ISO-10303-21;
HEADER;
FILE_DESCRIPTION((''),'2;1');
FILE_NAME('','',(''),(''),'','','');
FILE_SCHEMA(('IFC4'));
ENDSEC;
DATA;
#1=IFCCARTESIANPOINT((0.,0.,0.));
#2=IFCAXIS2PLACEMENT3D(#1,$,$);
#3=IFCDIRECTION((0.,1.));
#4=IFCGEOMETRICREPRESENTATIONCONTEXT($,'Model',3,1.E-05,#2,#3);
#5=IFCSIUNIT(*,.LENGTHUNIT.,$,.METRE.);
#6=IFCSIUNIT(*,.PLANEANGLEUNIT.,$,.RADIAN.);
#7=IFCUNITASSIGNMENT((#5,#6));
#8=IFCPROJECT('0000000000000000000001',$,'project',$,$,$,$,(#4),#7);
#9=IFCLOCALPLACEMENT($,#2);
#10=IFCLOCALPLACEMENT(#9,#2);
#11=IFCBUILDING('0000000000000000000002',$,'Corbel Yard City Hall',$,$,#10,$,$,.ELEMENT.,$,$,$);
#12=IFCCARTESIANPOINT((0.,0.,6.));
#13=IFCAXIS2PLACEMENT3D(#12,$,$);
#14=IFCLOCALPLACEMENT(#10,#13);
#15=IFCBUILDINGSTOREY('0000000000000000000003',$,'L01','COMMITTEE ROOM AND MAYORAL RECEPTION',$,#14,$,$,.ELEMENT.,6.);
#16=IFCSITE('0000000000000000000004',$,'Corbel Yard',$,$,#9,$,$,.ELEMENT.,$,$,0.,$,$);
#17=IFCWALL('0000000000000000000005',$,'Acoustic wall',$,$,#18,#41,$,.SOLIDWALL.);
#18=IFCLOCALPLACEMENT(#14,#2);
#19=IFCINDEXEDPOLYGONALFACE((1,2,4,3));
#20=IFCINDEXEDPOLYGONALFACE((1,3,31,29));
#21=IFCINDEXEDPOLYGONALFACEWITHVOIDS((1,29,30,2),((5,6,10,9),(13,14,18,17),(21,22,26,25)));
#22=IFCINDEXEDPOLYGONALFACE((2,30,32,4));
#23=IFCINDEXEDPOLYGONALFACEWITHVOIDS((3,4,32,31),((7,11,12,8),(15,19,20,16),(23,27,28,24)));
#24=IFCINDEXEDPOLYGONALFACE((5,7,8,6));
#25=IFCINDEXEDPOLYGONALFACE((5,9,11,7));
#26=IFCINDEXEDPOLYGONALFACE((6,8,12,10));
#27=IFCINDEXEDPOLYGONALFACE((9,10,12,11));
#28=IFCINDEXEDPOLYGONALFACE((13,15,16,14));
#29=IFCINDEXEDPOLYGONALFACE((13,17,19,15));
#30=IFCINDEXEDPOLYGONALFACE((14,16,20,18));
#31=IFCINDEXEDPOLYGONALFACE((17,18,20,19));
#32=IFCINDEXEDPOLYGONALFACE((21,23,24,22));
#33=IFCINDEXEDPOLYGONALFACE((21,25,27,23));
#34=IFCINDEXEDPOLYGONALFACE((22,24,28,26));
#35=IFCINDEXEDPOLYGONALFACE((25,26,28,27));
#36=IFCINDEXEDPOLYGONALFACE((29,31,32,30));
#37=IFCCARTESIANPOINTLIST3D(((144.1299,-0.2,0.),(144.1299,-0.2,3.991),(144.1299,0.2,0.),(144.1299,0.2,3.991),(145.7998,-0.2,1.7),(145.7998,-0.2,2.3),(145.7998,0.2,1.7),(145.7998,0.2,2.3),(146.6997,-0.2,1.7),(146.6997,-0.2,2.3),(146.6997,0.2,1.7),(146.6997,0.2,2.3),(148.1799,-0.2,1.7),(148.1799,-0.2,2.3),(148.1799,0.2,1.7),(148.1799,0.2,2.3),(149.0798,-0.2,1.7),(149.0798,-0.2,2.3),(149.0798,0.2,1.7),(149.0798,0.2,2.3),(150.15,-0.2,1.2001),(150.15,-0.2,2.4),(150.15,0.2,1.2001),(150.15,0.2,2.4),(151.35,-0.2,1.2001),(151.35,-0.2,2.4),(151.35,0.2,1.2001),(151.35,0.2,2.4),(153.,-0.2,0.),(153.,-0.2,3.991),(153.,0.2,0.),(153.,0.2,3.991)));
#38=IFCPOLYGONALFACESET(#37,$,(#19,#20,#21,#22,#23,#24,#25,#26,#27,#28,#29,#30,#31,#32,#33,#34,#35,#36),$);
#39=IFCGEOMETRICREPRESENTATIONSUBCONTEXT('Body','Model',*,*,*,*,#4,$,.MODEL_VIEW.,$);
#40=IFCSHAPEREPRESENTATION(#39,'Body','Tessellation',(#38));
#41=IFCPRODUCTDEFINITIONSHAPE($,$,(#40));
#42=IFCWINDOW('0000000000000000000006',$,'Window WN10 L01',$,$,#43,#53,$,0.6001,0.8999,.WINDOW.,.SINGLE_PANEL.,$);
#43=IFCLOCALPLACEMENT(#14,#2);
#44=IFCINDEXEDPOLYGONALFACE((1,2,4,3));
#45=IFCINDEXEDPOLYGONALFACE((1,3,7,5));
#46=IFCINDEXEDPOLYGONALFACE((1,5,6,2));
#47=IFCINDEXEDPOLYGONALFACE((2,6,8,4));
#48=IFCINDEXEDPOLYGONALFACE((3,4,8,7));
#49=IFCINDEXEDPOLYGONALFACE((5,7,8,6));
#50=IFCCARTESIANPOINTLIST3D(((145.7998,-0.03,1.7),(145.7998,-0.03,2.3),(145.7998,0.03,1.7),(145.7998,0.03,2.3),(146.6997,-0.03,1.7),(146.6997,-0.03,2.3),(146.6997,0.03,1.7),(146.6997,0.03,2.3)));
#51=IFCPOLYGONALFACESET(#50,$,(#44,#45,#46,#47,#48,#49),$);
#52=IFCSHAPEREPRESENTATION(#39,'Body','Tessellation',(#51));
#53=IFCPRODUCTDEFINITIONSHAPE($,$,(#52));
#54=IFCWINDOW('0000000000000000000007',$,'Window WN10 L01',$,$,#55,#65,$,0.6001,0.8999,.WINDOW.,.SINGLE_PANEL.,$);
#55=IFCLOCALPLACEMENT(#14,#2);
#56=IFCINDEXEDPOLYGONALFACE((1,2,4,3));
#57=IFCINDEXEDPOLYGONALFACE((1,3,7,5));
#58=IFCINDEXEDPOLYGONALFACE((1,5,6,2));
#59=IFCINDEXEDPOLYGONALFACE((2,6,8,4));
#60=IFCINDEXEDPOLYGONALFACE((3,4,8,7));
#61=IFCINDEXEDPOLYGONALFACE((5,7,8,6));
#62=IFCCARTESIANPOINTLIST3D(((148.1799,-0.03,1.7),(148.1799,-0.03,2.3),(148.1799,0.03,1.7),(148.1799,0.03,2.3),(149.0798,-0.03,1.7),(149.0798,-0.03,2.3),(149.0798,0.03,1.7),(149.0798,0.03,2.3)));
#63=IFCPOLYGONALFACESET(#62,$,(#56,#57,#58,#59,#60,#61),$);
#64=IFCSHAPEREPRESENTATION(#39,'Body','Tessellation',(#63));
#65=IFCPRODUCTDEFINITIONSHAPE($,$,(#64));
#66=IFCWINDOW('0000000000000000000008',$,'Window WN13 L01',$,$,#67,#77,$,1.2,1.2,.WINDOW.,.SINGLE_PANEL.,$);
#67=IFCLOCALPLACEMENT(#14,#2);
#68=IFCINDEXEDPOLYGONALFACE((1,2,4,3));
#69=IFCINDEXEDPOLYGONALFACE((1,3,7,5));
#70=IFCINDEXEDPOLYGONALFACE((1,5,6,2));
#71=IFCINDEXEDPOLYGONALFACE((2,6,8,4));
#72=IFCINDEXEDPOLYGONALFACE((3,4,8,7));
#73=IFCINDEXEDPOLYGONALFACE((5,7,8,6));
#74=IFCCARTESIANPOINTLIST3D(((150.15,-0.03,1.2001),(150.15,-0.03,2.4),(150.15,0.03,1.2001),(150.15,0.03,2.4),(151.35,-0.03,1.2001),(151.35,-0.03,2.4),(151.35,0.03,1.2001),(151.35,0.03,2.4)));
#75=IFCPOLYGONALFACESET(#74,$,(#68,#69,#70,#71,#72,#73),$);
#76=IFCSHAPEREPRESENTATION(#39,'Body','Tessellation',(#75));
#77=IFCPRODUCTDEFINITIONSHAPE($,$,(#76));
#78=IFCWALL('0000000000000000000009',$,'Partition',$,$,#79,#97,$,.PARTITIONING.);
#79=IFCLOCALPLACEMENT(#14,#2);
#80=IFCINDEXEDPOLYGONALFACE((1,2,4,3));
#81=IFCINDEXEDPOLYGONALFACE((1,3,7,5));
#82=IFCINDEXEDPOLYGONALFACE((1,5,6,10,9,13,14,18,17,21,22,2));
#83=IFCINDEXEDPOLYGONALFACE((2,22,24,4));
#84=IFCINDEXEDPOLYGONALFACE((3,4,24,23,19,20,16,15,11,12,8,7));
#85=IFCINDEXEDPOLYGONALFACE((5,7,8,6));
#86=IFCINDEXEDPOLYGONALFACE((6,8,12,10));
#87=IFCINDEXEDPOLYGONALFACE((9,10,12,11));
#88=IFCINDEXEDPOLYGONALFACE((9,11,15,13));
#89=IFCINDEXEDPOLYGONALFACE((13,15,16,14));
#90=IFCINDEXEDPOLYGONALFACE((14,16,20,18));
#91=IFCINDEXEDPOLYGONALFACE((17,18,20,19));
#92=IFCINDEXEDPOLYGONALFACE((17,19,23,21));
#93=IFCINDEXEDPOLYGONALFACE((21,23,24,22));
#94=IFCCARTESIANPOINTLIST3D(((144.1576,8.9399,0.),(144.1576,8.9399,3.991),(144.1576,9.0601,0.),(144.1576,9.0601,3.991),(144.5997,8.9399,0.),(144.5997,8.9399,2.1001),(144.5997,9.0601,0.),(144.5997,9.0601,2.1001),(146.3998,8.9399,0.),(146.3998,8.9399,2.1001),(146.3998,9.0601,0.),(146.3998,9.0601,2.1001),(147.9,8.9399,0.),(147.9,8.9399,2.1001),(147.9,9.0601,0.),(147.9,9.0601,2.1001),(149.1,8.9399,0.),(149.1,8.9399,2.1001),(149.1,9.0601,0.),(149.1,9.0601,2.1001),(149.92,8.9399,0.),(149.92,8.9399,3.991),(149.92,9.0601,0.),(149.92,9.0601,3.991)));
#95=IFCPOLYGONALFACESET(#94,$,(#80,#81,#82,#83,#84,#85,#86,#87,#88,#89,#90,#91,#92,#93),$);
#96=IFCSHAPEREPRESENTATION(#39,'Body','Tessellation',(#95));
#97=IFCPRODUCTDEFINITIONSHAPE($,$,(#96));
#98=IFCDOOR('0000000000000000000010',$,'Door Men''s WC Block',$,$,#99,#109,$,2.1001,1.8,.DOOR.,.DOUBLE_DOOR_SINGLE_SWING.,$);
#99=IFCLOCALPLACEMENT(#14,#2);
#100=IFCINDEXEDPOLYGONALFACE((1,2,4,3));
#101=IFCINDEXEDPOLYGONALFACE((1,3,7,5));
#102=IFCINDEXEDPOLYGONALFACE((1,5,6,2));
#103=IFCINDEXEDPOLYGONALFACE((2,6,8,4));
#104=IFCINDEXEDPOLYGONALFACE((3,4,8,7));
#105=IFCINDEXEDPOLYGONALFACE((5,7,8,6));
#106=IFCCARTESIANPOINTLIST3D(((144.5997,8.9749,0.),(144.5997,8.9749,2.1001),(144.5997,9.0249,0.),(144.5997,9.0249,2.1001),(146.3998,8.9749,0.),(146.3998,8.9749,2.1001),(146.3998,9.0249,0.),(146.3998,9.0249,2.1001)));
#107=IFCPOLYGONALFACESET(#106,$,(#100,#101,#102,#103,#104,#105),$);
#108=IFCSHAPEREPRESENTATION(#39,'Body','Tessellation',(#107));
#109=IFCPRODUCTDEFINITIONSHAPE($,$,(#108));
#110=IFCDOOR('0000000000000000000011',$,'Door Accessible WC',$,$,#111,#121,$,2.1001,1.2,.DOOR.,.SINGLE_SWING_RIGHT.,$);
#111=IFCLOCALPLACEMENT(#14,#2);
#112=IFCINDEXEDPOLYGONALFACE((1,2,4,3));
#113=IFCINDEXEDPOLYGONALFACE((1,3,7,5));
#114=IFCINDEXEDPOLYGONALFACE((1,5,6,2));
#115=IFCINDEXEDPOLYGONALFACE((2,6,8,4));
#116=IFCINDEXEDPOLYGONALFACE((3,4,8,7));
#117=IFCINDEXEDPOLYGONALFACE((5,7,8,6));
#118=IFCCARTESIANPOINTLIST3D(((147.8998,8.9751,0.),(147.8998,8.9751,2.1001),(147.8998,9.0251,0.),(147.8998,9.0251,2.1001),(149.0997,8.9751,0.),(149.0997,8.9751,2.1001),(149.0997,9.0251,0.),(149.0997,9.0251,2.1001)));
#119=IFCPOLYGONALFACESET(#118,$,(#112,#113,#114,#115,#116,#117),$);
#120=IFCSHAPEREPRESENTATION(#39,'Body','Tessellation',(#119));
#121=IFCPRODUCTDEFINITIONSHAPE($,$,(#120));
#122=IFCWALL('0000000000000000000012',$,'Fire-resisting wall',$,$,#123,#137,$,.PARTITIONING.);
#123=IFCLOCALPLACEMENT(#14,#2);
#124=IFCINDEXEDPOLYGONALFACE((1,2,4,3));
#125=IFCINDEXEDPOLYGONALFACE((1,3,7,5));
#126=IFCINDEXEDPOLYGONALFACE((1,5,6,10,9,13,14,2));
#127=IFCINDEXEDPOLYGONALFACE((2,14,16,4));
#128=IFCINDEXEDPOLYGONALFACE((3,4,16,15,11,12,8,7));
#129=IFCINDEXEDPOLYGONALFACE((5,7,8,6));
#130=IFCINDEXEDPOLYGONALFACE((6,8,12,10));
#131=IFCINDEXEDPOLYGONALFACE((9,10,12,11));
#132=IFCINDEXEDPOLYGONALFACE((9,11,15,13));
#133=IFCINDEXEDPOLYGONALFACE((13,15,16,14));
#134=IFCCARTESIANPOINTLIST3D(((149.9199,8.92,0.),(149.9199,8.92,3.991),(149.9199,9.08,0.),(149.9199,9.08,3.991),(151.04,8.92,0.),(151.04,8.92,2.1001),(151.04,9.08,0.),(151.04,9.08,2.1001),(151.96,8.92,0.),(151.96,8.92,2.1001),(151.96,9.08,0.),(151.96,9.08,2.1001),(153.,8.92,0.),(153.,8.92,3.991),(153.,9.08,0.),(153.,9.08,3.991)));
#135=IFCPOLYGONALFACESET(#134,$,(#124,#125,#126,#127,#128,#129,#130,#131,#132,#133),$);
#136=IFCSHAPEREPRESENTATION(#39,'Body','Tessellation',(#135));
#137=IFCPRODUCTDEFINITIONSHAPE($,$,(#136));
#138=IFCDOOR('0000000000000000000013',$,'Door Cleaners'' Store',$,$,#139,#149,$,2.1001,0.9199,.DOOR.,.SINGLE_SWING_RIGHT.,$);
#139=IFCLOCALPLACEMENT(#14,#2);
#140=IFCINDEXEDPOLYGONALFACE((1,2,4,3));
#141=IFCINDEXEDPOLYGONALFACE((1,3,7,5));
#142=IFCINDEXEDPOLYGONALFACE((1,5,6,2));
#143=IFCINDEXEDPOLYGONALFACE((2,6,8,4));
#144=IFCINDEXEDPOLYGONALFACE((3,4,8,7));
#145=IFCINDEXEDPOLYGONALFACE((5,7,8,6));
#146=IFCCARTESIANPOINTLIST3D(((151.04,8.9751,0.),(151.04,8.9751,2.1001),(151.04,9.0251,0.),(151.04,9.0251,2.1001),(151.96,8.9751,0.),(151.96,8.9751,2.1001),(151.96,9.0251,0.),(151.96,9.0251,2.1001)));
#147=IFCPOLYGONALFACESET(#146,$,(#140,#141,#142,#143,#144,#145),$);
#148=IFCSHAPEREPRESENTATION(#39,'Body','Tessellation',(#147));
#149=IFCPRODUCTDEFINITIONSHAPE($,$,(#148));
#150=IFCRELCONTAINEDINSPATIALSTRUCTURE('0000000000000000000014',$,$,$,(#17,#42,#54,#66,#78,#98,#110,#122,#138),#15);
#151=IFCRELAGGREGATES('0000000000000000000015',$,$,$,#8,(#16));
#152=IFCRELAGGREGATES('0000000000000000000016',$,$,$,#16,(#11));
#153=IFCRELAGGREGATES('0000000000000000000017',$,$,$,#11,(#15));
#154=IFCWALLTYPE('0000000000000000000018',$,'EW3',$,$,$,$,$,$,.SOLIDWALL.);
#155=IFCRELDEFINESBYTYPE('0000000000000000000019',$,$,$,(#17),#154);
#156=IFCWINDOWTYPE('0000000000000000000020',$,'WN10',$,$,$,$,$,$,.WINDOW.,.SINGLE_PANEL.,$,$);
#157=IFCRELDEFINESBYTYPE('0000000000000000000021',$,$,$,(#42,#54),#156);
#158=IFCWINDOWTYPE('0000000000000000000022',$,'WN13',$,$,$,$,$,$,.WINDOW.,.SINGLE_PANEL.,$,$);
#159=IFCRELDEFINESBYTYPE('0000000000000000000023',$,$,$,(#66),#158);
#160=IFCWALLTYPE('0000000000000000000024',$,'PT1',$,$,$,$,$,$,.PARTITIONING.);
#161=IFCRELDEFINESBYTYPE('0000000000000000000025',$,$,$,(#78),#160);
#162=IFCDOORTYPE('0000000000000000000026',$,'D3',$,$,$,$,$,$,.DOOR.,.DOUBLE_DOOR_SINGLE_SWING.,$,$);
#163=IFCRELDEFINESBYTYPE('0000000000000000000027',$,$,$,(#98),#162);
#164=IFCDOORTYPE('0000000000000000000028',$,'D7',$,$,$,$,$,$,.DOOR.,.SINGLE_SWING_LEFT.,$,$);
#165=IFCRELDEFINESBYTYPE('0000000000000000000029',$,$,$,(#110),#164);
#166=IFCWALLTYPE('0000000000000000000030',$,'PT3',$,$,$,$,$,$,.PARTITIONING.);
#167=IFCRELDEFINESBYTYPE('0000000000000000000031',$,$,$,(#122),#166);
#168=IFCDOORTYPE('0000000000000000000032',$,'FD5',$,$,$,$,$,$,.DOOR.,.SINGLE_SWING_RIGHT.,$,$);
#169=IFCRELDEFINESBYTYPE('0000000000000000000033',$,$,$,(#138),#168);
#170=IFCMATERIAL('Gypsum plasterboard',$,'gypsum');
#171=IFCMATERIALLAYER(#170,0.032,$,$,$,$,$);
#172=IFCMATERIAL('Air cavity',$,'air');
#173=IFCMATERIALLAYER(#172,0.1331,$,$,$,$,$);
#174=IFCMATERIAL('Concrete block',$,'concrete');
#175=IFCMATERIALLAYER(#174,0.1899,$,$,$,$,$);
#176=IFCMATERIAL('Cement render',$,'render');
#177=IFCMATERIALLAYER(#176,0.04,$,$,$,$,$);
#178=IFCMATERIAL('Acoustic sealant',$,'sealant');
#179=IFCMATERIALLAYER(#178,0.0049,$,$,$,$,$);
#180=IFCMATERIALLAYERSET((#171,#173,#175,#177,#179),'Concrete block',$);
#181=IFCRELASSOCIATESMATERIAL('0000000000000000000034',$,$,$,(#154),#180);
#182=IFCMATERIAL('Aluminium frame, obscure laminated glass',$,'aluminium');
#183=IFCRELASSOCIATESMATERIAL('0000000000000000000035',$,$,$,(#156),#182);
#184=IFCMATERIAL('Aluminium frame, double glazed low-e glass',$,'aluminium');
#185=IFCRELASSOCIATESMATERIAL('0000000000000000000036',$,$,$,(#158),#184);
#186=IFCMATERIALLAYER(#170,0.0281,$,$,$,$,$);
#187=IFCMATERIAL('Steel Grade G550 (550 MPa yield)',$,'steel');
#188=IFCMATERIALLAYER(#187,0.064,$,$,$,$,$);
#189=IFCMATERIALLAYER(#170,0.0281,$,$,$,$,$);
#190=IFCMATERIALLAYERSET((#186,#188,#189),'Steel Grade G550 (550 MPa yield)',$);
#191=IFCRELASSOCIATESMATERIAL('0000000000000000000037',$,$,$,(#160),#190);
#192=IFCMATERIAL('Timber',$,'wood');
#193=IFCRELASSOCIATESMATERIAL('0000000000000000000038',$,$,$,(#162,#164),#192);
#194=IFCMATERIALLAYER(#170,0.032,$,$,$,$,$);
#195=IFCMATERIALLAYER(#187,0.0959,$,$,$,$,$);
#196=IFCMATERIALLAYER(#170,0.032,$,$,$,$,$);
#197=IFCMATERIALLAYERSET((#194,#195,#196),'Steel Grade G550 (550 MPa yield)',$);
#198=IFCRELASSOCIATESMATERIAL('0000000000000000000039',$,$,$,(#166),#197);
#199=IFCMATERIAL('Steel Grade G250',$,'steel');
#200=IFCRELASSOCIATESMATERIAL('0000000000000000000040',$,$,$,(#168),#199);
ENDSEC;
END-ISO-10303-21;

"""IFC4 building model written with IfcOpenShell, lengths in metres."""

from ifc_helpers import new_model, si_unit, direction, frame, frame_2d, origin, place, context, subcontext, project, spatial, rectangle, extrude, material, layer, layer_set, type_object, element, fill, save


model = new_model("IFC4")

# Units and contexts
model_context = context("Model", 3, precision=1e-05, world=origin(), true_north=direction((0.0, 1.0)))
body_context = subcontext(model_context, "Body", "Model", "MODEL_VIEW")
ifc_project = project(units=[si_unit("LENGTHUNIT", "METRE"), si_unit("PLANEANGLEUNIT", "RADIAN")], contexts=[model_context])

# Site, building, storey
site_placement = place(None, origin())
site = spatial("IfcSite", under=ifc_project, at=site_placement, Name="Corbel Yard", CompositionType="ELEMENT", RefElevation=0.0)
building_placement = place(site_placement, origin())
building = spatial("IfcBuilding", under=site, at=building_placement, Name="Corbel Yard City Hall", CompositionType="ELEMENT")
storey_placement = place(building_placement, frame((0.0, 0.0, 6.0)))
storey = spatial("IfcBuildingStorey", under=building, at=storey_placement, Name="L01", Description="COMMITTEE ROOM AND MAYORAL RECEPTION", CompositionType="ELEMENT", Elevation=6.0)

# Shared definitions
ifc_material_1 = material(Name="Steel Grade G250", Category="steel")

# Wall, openings, windows
ifc_material_2 = material(Name="Gypsum plasterboard", Category="gypsum")
ifc_layer_1 = layer(ifc_material_2, 0.032)
ifc_material_3 = material(Name="Air cavity", Category="air")
ifc_layer_2 = layer(ifc_material_3, 0.1331)
ifc_material_4 = material(Name="Concrete block", Category="concrete")
ifc_layer_3 = layer(ifc_material_4, 0.1899)
ifc_material_5 = material(Name="Cement render", Category="render")
ifc_layer_4 = layer(ifc_material_5, 0.04)
ifc_material_6 = material(Name="Acoustic sealant", Category="sealant")
ifc_layer_5 = layer(ifc_material_6, 0.0049)
ifc_layer_set_1 = layer_set([ifc_layer_1, ifc_layer_2, ifc_layer_3, ifc_layer_4, ifc_layer_5], Name="Concrete block")
wall_type_1 = type_object("IfcWallType", Name="EW3", PredefinedType="SOLIDWALL", material=ifc_layer_set_1)
wall_1_placement = place(storey_placement, frame((144.1299, 0.0, 0.0), z_axis=(0.0, 0.0, 1.0), x_axis=(1.0, 0.0, 0.0)))
wall_1 = element("IfcWall", 1, at=wall_1_placement, inside=storey, type_object=wall_type_1, Name="Acoustic wall", PredefinedType="SOLIDWALL", context=body_context, shape_type="SweptSolid", body=[
    extrude(rectangle(XDim=8.8701, YDim=0.3999, at=frame_2d((4.4351, 0.0))), origin(), (0.0, 0.0, 1.0), 3.991),
])
opening_1_placement = place(wall_1_placement, frame((1.6699, 0.0, 1.7)))
opening_1 = element("IfcOpeningElement", 2, at=opening_1_placement, cuts=wall_1, PredefinedType="OPENING", context=body_context, shape_type="SweptSolid", body=[
    extrude(rectangle(XDim=0.8999, YDim=0.6001, at=frame_2d((0.45, 0.3))), frame((0.0, 0.21, 0.0), z_axis=(0.0, -1.0, 0.0), x_axis=(1.0, 0.0, 0.0)), (0.0, 0.0, 1.0), 0.4199),
])
opening_2_placement = place(wall_1_placement, frame((6.02, 0.0, 1.2)))
opening_2 = element("IfcOpeningElement", 3, at=opening_2_placement, cuts=wall_1, PredefinedType="OPENING", context=body_context, shape_type="SweptSolid", body=[
    extrude(rectangle(XDim=1.2, YDim=1.2, at=frame_2d((0.6001, 0.6001))), frame((0.0, 0.21, 0.0), z_axis=(0.0, -1.0, 0.0), x_axis=(1.0, 0.0, 0.0)), (0.0, 0.0, 1.0), 0.4199),
])
opening_3_placement = place(wall_1_placement, frame((4.05, 0.0, 1.7)))
opening_3 = element("IfcOpeningElement", 4, at=opening_3_placement, cuts=wall_1, PredefinedType="OPENING", context=body_context, shape_type="SweptSolid", body=[
    extrude(rectangle(XDim=0.8999, YDim=0.6001, at=frame_2d((0.45, 0.3))), frame((0.0, 0.21, 0.0), z_axis=(0.0, -1.0, 0.0), x_axis=(1.0, 0.0, 0.0)), (0.0, 0.0, 1.0), 0.4199),
])
ifc_material_7 = material(Name="Aluminium frame, obscure laminated glass", Category="aluminium")
window_type_1 = type_object("IfcWindowType", Name="WN10", PartitioningType="SINGLE_PANEL", PredefinedType="WINDOW", material=ifc_material_7)
window_1_placement = place(opening_1_placement, origin())
window_1 = element("IfcWindow", 5, at=window_1_placement, inside=storey, type_object=window_type_1, Name="Window WN10 L01", OverallHeight=0.6001, OverallWidth=0.8999, PartitioningType="SINGLE_PANEL", PredefinedType="WINDOW", context=body_context, shape_type="SweptSolid", body=[
    extrude(rectangle(XDim=0.8999, YDim=0.6001, at=frame_2d((0.45, 0.3))), frame((0.0, 0.03, 0.0), z_axis=(0.0, -1.0, 0.0), x_axis=(1.0, 0.0, 0.0)), (0.0, 0.0, 1.0), 0.0601),
])
fill(opening_1, window_1)
window_2_placement = place(opening_3_placement, origin())
window_2 = element("IfcWindow", 6, at=window_2_placement, inside=storey, type_object=window_type_1, Name="Window WN10 L01", OverallHeight=0.6001, OverallWidth=0.8999, PartitioningType="SINGLE_PANEL", PredefinedType="WINDOW", context=body_context, shape_type="SweptSolid", body=[
    extrude(rectangle(XDim=0.8999, YDim=0.6001, at=frame_2d((0.45, 0.3))), frame((0.0, 0.03, 0.0), z_axis=(0.0, -1.0, 0.0), x_axis=(1.0, 0.0, 0.0)), (0.0, 0.0, 1.0), 0.0601),
])
fill(opening_3, window_2)
ifc_material_8 = material(Name="Aluminium frame, double glazed low-e glass", Category="aluminium")
window_type_2 = type_object("IfcWindowType", Name="WN13", PartitioningType="SINGLE_PANEL", PredefinedType="WINDOW", material=ifc_material_8)
window_3_placement = place(opening_2_placement, origin())
window_3 = element("IfcWindow", 7, at=window_3_placement, inside=storey, type_object=window_type_2, Name="Window WN13 L01", OverallHeight=1.2, OverallWidth=1.2, PartitioningType="SINGLE_PANEL", PredefinedType="WINDOW", context=body_context, shape_type="SweptSolid", body=[
    extrude(rectangle(XDim=1.2, YDim=1.2, at=frame_2d((0.6001, 0.6001))), frame((0.0, 0.03, 0.0), z_axis=(0.0, -1.0, 0.0), x_axis=(1.0, 0.0, 0.0)), (0.0, 0.0, 1.0), 0.0601),
])
fill(opening_2, window_3)

# Wall, openings, doors
ifc_layer_6 = layer(ifc_material_2, 0.0281)
ifc_material_9 = material(Name="Steel Grade G550 (550 MPa yield)", Category="steel")
ifc_layer_7 = layer(ifc_material_9, 0.064)
ifc_layer_8 = layer(ifc_material_2, 0.0281)
ifc_layer_set_2 = layer_set([ifc_layer_6, ifc_layer_7, ifc_layer_8], Name="Steel Grade G550 (550 MPa yield)")
wall_type_2 = type_object("IfcWallType", Name="PT1", PredefinedType="PARTITIONING", material=ifc_layer_set_2)
wall_2_placement = place(storey_placement, frame((144.1575, 9.0, 0.0), z_axis=(0.0, 0.0, 1.0), x_axis=(1.0, 0.0, 0.0)))
wall_2 = element("IfcWall", 8, at=wall_2_placement, inside=storey, type_object=wall_type_2, Name="Partition", PredefinedType="PARTITIONING", context=body_context, shape_type="SweptSolid", body=[
    extrude(rectangle(XDim=5.7625, YDim=0.1201, at=frame_2d((2.8813, 0.0))), origin(), (0.0, 0.0, 1.0), 3.991),
])
opening_4_placement = place(wall_2_placement, frame((0.4424, 0.0, 0.0)))
opening_4 = element("IfcOpeningElement", 9, at=opening_4_placement, cuts=wall_2, PredefinedType="OPENING", context=body_context, shape_type="SweptSolid", body=[
    extrude(rectangle(XDim=1.8, YDim=2.1001, at=frame_2d((0.8999, 1.05))), frame((0.0, 0.0701, 0.0), z_axis=(0.0, -1.0, 0.0), x_axis=(1.0, 0.0, 0.0)), (0.0, 0.0, 1.0), 0.1401),
])
opening_5_placement = place(wall_2_placement, frame((3.7424, 0.0, 0.0)))
opening_5 = element("IfcOpeningElement", 10, at=opening_5_placement, cuts=wall_2, PredefinedType="OPENING", context=body_context, shape_type="SweptSolid", body=[
    extrude(rectangle(XDim=1.2, YDim=2.1001, at=frame_2d((0.6001, 1.05))), frame((0.0, 0.0701, 0.0), z_axis=(0.0, -1.0, 0.0), x_axis=(1.0, 0.0, 0.0)), (0.0, 0.0, 1.0), 0.1401),
])
ifc_material_10 = material(Name="Timber", Category="wood")
door_type_1 = type_object("IfcDoorType", Name="D3", OperationType="DOUBLE_DOOR_SINGLE_SWING", PredefinedType="DOOR", material=ifc_material_10)
door_1_placement = place(opening_4_placement, origin())
door_1 = element("IfcDoor", 11, at=door_1_placement, inside=storey, type_object=door_type_1, Name="Door Men's WC Block", OperationType="DOUBLE_DOOR_SINGLE_SWING", OverallHeight=2.1001, OverallWidth=1.8, PredefinedType="DOOR", context=body_context, shape_type="SweptSolid", body=[
    extrude(rectangle(XDim=1.8, YDim=2.1001, at=frame_2d((0.8999, 1.05))), frame((0.0, 0.0249, 0.0), z_axis=(0.0, -1.0, 0.0), x_axis=(1.0, 0.0, 0.0)), (0.0, 0.0, 1.0), 0.05),
])
fill(opening_4, door_1)
door_type_2 = type_object("IfcDoorType", Name="D7", OperationType="SINGLE_SWING_LEFT", PredefinedType="DOOR", material=ifc_material_10)
door_2_placement = place(opening_5_placement, frame((1.2, 0.0, 0.0), z_axis=(0.0, 0.0, 1.0), x_axis=(-1.0, 0.0, 0.0)))
door_2 = element("IfcDoor", 12, at=door_2_placement, inside=storey, type_object=door_type_2, Name="Door Accessible WC", OperationType="SINGLE_SWING_RIGHT", OverallHeight=2.1001, OverallWidth=1.2, PredefinedType="DOOR", context=body_context, shape_type="SweptSolid", body=[
    extrude(rectangle(XDim=1.2, YDim=2.1001, at=frame_2d((0.6001, 1.05))), frame((0.0, 0.0249, 0.0), z_axis=(0.0, -1.0, 0.0), x_axis=(1.0, 0.0, 0.0)), (0.0, 0.0, 1.0), 0.05),
])
fill(opening_5, door_2)

# Wall, opening, door
ifc_layer_9 = layer(ifc_material_2, 0.032)
ifc_layer_10 = layer(ifc_material_9, 0.0959)
ifc_layer_11 = layer(ifc_material_2, 0.032)
ifc_layer_set_3 = layer_set([ifc_layer_9, ifc_layer_10, ifc_layer_11], Name="Steel Grade G550 (550 MPa yield)")
wall_type_3 = type_object("IfcWallType", Name="PT3", PredefinedType="PARTITIONING", material=ifc_layer_set_3)
wall_3_placement = place(storey_placement, frame((149.9199, 9.0, 0.0), z_axis=(0.0, 0.0, 1.0), x_axis=(1.0, 0.0, 0.0)))
wall_3 = element("IfcWall", 13, at=wall_3_placement, inside=storey, type_object=wall_type_3, Name="Fire-resisting wall", PredefinedType="PARTITIONING", context=body_context, shape_type="SweptSolid", body=[
    extrude(rectangle(XDim=3.0801, YDim=0.1599, at=frame_2d((1.54, 0.0))), origin(), (0.0, 0.0, 1.0), 3.991),
])
opening_6_placement = place(wall_3_placement, frame((1.1201, 0.0, 0.0)))
opening_6 = element("IfcOpeningElement", 14, at=opening_6_placement, cuts=wall_3, PredefinedType="OPENING", context=body_context, shape_type="SweptSolid", body=[
    extrude(rectangle(XDim=0.9199, YDim=2.1001, at=frame_2d((0.46, 1.05))), frame((0.0, 0.0898, 0.0), z_axis=(0.0, -1.0, 0.0), x_axis=(1.0, 0.0, 0.0)), (0.0, 0.0, 1.0), 0.1799),
])
door_type_3 = type_object("IfcDoorType", Name="FD5", OperationType="SINGLE_SWING_RIGHT", PredefinedType="DOOR", material=ifc_material_1)
door_3_placement = place(opening_6_placement, frame((0.9199, 0.0, 0.0), z_axis=(0.0, 0.0, 1.0), x_axis=(-1.0, 0.0, 0.0)))
door_3 = element("IfcDoor", 15, at=door_3_placement, inside=storey, type_object=door_type_3, Name="Door Cleaners' Store", OperationType="SINGLE_SWING_RIGHT", OverallHeight=2.1001, OverallWidth=0.9199, PredefinedType="DOOR", context=body_context, shape_type="SweptSolid", body=[
    extrude(rectangle(XDim=0.9199, YDim=2.1001, at=frame_2d((0.46, 1.05))), frame((0.0, 0.0249, 0.0), z_axis=(0.0, -1.0, 0.0), x_axis=(1.0, 0.0, 0.0)), (0.0, 0.0, 1.0), 0.05),
])
fill(opening_6, door_3)

save(model, "model.ifc")
